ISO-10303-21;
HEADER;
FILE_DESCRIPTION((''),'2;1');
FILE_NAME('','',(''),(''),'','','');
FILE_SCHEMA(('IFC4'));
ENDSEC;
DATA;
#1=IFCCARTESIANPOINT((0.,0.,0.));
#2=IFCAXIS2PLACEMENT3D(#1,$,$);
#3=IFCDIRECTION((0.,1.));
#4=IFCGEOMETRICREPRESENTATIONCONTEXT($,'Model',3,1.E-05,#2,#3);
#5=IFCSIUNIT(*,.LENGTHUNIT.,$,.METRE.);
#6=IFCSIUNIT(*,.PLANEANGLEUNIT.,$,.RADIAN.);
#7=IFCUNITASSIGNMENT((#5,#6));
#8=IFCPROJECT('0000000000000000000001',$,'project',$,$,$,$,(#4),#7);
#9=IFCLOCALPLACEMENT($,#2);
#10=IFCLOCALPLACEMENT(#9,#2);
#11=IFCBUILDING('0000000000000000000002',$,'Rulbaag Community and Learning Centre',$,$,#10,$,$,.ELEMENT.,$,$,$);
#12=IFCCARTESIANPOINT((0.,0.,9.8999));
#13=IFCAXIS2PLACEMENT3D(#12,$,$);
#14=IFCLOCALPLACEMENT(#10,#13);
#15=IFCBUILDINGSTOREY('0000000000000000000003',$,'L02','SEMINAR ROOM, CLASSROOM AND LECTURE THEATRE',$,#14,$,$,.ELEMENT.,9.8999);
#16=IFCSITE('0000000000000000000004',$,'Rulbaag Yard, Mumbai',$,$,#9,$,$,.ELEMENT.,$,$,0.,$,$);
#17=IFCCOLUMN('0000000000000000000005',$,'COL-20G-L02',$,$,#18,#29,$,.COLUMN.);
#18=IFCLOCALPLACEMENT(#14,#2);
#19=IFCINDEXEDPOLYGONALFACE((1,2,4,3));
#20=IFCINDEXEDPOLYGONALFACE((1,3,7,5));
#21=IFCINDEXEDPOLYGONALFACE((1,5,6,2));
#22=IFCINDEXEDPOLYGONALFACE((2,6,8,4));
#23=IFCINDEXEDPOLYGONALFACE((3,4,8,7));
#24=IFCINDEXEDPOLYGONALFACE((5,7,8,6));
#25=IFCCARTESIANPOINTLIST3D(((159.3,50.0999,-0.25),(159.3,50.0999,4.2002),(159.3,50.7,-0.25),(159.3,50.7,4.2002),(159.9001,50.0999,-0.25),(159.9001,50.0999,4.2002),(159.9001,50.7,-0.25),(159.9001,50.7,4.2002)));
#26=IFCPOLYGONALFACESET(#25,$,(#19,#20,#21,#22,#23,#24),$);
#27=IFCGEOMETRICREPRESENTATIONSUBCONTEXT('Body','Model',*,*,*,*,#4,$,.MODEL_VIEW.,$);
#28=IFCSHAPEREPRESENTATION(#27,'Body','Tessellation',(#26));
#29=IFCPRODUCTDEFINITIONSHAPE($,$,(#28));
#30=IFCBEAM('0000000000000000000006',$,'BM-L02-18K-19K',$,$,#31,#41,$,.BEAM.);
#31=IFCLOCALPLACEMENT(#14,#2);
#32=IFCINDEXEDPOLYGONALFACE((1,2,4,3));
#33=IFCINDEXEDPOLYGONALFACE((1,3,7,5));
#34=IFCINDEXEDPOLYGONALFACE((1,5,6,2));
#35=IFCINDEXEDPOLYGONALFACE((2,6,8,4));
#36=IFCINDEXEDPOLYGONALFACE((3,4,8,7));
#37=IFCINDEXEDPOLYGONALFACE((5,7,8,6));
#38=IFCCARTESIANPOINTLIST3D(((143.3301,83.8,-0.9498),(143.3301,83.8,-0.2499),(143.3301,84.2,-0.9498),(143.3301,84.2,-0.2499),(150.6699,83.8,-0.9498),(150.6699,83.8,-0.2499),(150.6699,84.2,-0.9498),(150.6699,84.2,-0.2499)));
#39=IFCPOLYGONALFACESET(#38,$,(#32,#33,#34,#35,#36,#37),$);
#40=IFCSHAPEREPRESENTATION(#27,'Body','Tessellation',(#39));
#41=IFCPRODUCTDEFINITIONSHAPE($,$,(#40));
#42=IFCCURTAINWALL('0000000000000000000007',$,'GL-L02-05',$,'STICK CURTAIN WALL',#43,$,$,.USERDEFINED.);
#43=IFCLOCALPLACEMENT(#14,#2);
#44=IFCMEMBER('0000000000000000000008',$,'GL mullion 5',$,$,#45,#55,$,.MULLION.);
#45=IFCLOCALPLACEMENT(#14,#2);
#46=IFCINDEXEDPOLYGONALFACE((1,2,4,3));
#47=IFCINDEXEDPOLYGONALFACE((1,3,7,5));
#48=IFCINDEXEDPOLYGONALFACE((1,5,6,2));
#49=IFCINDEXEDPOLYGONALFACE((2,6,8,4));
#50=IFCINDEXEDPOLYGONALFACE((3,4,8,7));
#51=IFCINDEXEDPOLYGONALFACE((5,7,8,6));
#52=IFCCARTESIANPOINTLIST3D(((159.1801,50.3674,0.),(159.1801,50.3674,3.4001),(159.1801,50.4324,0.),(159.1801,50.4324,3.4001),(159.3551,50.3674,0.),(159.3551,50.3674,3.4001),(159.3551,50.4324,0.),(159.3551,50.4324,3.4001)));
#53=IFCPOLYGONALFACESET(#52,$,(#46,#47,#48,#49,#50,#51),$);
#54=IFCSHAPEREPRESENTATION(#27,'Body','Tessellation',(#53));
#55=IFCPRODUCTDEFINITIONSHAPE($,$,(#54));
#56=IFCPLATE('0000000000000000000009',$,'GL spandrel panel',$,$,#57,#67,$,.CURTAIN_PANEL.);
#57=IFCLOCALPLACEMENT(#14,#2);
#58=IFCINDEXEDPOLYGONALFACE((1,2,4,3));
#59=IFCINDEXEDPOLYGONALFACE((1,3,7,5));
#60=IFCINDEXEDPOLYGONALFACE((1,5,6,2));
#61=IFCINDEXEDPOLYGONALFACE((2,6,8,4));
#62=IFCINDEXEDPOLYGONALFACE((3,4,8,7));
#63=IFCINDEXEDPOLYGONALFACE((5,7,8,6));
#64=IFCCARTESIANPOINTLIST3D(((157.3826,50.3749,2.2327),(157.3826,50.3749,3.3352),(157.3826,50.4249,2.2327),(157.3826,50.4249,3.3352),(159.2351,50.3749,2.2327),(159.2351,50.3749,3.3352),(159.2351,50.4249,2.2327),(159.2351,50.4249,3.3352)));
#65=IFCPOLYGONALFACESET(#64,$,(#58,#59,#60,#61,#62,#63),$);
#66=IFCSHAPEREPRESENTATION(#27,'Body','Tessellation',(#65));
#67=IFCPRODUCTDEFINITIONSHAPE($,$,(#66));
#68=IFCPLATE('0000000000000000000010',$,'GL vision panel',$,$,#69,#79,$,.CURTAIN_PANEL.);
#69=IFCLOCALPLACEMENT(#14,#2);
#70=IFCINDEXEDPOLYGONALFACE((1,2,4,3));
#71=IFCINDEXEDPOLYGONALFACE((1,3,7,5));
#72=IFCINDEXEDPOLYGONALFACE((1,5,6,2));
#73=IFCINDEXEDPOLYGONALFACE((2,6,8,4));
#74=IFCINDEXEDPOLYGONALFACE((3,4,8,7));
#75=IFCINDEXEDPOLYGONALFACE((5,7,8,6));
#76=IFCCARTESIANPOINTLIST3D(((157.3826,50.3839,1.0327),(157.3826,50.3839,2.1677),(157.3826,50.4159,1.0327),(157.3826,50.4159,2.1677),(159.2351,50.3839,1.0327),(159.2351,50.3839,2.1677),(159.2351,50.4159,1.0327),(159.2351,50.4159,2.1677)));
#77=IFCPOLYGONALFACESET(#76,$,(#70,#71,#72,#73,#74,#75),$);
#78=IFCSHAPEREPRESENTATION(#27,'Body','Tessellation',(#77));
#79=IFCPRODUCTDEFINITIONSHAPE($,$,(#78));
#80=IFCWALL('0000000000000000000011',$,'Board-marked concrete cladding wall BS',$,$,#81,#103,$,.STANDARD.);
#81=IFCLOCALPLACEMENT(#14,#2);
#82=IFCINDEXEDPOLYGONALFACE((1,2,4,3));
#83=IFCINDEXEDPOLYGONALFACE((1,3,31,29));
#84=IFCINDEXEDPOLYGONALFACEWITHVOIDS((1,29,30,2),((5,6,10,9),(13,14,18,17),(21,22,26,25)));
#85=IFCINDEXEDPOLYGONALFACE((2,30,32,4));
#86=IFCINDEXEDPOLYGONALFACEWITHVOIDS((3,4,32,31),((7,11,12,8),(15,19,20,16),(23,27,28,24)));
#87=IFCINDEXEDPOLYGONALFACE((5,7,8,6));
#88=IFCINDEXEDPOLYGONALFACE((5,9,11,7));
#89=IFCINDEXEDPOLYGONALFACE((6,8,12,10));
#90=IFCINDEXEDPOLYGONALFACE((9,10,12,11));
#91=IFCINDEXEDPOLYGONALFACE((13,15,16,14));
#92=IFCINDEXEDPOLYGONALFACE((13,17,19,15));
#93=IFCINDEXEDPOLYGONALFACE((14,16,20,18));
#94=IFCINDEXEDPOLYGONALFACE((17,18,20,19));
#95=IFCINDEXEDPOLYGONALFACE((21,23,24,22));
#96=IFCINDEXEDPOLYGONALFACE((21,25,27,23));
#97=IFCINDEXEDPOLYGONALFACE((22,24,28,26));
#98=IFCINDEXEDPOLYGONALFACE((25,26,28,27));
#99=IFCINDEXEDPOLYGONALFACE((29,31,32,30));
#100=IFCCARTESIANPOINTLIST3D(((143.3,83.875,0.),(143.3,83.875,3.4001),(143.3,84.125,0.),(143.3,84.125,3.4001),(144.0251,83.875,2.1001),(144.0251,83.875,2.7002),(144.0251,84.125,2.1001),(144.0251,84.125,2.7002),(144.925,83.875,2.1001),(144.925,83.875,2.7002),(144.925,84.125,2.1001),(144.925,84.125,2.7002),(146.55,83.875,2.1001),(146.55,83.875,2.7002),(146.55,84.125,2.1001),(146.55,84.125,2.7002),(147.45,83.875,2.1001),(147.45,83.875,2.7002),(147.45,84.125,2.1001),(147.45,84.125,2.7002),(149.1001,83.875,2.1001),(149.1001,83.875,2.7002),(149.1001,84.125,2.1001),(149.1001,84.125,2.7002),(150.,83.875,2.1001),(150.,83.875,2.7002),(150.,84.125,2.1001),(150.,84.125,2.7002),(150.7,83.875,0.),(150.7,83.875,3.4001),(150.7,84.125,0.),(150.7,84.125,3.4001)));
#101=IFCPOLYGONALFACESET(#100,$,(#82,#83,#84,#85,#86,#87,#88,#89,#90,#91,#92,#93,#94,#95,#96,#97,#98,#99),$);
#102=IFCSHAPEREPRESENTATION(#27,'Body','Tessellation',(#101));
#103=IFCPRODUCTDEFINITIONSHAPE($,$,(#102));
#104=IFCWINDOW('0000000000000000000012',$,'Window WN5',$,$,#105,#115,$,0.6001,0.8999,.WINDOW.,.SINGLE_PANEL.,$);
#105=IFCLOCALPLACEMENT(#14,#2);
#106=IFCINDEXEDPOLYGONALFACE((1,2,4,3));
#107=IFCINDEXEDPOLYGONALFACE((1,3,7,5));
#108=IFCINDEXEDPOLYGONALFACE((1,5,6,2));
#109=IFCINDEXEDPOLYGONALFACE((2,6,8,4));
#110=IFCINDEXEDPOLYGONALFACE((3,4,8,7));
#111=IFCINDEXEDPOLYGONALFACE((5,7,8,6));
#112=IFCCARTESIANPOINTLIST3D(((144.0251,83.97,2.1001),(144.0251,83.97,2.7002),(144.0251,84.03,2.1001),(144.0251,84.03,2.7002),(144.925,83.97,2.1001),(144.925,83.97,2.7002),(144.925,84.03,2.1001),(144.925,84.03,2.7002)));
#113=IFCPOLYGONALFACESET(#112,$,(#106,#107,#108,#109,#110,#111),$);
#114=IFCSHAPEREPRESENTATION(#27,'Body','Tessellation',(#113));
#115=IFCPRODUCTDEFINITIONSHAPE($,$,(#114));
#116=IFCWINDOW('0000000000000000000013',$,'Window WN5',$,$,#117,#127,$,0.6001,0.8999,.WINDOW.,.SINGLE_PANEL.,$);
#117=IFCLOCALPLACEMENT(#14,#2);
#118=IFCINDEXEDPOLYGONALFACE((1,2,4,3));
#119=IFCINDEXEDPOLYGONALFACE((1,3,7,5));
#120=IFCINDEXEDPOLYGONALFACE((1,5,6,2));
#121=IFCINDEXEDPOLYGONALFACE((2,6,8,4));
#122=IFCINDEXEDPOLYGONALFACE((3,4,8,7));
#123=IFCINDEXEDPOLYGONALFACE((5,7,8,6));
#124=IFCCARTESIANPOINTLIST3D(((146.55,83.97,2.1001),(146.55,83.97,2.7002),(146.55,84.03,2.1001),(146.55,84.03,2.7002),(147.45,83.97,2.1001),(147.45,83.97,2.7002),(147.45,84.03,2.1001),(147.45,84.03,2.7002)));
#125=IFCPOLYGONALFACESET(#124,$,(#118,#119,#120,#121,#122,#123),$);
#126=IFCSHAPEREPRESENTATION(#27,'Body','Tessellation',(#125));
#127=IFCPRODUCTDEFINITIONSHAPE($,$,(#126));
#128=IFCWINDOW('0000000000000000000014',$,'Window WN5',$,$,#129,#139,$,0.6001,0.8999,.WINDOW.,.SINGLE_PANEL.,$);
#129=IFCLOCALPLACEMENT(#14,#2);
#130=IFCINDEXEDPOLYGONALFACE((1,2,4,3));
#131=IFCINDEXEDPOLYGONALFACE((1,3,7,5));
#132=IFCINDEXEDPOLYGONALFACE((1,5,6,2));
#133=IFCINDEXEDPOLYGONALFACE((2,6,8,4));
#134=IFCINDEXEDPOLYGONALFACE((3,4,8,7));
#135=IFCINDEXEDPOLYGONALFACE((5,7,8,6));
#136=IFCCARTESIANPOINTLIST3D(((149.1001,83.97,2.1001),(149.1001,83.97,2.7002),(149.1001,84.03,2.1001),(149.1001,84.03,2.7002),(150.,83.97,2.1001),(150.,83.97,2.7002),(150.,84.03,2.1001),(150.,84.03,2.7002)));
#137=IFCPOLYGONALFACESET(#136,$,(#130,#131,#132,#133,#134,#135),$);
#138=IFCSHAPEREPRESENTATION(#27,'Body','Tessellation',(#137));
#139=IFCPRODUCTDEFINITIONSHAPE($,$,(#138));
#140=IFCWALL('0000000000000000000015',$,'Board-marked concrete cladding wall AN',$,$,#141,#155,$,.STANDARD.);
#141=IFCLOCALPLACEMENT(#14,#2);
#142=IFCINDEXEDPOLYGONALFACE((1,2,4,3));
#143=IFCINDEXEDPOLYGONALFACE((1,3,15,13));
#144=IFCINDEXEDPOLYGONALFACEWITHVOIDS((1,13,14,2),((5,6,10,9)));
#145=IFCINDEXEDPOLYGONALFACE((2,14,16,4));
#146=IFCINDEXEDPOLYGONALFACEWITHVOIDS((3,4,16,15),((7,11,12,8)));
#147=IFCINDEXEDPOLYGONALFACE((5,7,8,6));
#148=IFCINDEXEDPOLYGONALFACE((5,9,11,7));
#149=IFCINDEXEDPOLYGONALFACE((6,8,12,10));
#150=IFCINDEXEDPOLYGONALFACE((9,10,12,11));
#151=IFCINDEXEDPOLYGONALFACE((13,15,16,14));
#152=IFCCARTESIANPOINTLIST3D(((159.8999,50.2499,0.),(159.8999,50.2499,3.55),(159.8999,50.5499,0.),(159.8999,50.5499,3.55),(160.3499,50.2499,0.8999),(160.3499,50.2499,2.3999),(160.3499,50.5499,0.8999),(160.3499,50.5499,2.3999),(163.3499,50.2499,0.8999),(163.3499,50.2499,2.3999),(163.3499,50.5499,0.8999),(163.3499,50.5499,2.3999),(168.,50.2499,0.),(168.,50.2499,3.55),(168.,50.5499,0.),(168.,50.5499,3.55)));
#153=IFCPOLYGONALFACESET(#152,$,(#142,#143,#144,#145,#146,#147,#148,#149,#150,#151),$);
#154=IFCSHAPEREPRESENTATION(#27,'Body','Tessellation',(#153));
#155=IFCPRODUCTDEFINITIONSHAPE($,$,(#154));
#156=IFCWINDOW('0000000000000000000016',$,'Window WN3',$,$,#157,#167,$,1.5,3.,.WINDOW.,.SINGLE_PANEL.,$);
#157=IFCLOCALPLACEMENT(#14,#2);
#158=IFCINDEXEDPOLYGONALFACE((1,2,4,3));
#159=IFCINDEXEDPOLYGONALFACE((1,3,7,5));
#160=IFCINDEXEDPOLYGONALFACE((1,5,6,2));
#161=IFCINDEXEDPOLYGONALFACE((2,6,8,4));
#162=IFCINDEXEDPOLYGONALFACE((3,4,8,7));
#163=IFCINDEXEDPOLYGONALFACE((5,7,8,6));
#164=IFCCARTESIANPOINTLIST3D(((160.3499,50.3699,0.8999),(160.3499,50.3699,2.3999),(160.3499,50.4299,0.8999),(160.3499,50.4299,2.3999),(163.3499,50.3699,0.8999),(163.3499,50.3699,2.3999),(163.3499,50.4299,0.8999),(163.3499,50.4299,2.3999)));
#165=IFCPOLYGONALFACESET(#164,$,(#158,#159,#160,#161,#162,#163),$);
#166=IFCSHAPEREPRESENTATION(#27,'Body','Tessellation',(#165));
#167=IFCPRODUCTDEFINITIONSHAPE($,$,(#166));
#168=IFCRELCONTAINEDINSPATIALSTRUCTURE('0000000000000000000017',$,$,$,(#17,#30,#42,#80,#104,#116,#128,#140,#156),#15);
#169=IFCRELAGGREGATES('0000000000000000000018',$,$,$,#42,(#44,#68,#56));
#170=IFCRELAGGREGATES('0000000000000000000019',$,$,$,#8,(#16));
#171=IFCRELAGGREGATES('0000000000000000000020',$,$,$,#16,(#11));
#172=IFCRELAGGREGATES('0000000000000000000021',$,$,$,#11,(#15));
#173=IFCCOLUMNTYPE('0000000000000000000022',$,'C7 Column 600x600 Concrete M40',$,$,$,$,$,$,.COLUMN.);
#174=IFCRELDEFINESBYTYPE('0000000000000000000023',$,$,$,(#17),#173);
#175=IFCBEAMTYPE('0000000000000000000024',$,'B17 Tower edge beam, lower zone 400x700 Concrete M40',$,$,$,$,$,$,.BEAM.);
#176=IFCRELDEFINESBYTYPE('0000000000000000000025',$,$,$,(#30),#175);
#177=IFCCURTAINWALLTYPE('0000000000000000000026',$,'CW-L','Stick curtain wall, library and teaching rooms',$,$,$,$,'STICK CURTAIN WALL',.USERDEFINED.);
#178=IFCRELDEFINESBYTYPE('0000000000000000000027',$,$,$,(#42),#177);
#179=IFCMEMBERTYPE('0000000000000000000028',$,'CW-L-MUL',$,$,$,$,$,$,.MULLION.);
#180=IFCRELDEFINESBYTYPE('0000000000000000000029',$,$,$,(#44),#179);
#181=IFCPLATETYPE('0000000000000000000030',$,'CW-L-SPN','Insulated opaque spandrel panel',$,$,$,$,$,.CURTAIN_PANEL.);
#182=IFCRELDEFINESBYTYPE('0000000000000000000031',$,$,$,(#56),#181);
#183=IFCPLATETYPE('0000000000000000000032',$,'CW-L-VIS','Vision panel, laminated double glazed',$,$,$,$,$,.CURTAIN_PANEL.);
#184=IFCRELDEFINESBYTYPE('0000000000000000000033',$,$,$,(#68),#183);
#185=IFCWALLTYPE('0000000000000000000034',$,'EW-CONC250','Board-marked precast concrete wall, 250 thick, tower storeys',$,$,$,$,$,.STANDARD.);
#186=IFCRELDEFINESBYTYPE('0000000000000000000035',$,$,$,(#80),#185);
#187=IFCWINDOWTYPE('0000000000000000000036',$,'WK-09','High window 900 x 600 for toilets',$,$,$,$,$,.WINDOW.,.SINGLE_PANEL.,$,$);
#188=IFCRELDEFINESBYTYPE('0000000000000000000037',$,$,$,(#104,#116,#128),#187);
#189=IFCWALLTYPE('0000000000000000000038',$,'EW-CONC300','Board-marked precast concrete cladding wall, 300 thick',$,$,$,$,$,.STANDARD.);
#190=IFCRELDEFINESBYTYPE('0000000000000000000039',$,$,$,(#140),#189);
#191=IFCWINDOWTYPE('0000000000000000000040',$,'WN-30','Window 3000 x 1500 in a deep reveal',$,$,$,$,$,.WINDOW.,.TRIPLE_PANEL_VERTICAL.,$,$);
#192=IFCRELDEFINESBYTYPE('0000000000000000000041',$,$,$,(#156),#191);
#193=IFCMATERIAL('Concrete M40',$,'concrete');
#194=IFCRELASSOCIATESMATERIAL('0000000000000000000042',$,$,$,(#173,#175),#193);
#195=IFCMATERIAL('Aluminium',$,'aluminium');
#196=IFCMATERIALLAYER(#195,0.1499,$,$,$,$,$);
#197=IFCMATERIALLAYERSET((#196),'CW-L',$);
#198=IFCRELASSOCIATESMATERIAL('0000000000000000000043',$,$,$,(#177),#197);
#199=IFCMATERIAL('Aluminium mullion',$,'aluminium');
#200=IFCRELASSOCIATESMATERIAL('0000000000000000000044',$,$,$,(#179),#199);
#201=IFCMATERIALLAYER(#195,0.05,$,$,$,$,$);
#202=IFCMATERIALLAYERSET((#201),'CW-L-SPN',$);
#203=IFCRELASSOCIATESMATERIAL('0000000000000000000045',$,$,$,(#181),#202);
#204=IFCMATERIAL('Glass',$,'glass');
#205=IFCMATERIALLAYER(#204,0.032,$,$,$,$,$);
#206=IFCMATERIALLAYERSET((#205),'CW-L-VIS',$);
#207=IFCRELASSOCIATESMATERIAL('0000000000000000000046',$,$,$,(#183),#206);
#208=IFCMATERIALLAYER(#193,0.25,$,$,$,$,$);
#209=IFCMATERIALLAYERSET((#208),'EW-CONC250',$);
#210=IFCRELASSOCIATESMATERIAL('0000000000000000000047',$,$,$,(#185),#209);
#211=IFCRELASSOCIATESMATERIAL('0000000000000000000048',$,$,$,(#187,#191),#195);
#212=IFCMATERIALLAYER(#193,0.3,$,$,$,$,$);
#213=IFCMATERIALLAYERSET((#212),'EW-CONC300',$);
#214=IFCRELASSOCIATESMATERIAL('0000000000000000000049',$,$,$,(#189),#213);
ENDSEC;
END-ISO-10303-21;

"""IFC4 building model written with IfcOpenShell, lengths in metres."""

from ifc_helpers import new_model, si_unit, direction, frame, frame_2d, origin, origin_2d, place, context, subcontext, project, spatial, rectangle, extrude, material, layer, layer_set, material_profile, profile_set, type_object, element, fill, aggregate, save


model = new_model("IFC4")

# Units and contexts
model_context = context("Model", 3, precision=1e-05, world=origin(), true_north=direction((0.0, 1.0)))
body_context = subcontext(model_context, "Body", "Model", "MODEL_VIEW")
ifc_project = project(units=[si_unit("LENGTHUNIT", "METRE"), si_unit("PLANEANGLEUNIT", "RADIAN")], contexts=[model_context])

# Site, building, storey
site_placement = place(None, origin())
site = spatial("IfcSite", under=ifc_project, at=site_placement, Name="Rulbaag Yard, Mumbai", CompositionType="ELEMENT", RefElevation=0.0)
building_placement = place(site_placement, origin())
building = spatial("IfcBuilding", under=site, at=building_placement, Name="Rulbaag Community and Learning Centre", CompositionType="ELEMENT")
storey_placement = place(building_placement, frame((0.0, 0.0, 9.8999)))
storey = spatial("IfcBuildingStorey", under=building, at=storey_placement, Name="L02", Description="SEMINAR ROOM, CLASSROOM AND LECTURE THEATRE", CompositionType="ELEMENT", Elevation=9.8999)

# Column
ifc_material_1 = material(Name="Concrete M40", Category="concrete")
ifc_material_profile_1 = material_profile(ifc_material_1, rectangle(XDim=0.6001, YDim=0.6001, at=origin_2d()), Name="RC600x600")
ifc_profile_set_1 = profile_set([ifc_material_profile_1], Name="Concrete M40")
column_type = type_object("IfcColumnType", Name="C7 Column 600x600 Concrete M40", PredefinedType="COLUMN", material=ifc_profile_set_1)
column_placement = place(storey_placement, frame((159.6001, 50.3999, -0.25), z_axis=(0.0, 0.0, 1.0), x_axis=(1.0, 0.0, 0.0)))
element("IfcColumn", 1, at=column_placement, inside=storey, type_object=column_type, Name="COL-20G-L02", PredefinedType="COLUMN", context=body_context, shape_type="SweptSolid", body=[
    extrude(rectangle(XDim=0.6001, YDim=0.6001, at=origin_2d()), origin(), (0.0, 0.0, 1.0), 4.4502),
])

# Beam
ifc_material_profile_2 = material_profile(ifc_material_1, rectangle(XDim=0.3999, YDim=0.7, at=origin_2d()), Name="RB400x700")
ifc_profile_set_2 = profile_set([ifc_material_profile_2], Name="Concrete M40")
beam_type = type_object("IfcBeamType", Name="B17 Tower edge beam, lower zone 400x700 Concrete M40", PredefinedType="BEAM", material=ifc_profile_set_2)
beam_placement = place(storey_placement, frame((143.3301, 84.0, -0.5999), z_axis=(1.0, 0.0, 0.0), x_axis=(0.0, 1.0, 0.0)))
element("IfcBeam", 2, at=beam_placement, inside=storey, type_object=beam_type, Name="BM-L02-18K-19K", PredefinedType="BEAM", context=body_context, shape_type="SweptSolid", body=[
    extrude(rectangle(XDim=0.3999, YDim=0.7, at=origin_2d()), origin(), (0.0, 0.0, 1.0), 7.3398),
])

# Curtain wall, member, plates
ifc_material_2 = material(Name="Aluminium", Category="aluminium")
ifc_layer_1 = layer(ifc_material_2, 0.1499)
ifc_layer_set_1 = layer_set([ifc_layer_1], Name="CW-L")
curtain_wall_type = type_object("IfcCurtainWallType", Name="CW-L", Description="Stick curtain wall, library and teaching rooms", ElementType="STICK CURTAIN WALL", PredefinedType="USERDEFINED", material=ifc_layer_set_1)
curtain_wall_placement = place(storey_placement, origin())
curtain_wall = element("IfcCurtainWall", 3, at=curtain_wall_placement, inside=storey, type_object=curtain_wall_type, Name="GL-L02-05", ObjectType="STICK CURTAIN WALL", PredefinedType="USERDEFINED")
ifc_material_3 = material(Name="Aluminium mullion", Category="aluminium")
ifc_material_profile_3 = material_profile(ifc_material_3, rectangle(XDim=0.0649, YDim=0.175, at=origin_2d()), Name="AL 65x175")
ifc_profile_set_3 = profile_set([ifc_material_profile_3], Name="Aluminium mullion")
member_type = type_object("IfcMemberType", Name="CW-L-MUL", PredefinedType="MULLION", material=ifc_profile_set_3)
member_placement = place(storey_placement, frame((159.2676, 50.3999, 0.0), z_axis=(0.0, 0.0, 1.0), x_axis=(0.0, 1.0, 0.0)))
member = element("IfcMember", 4, at=member_placement, type_object=member_type, Name="GL mullion 5", PredefinedType="MULLION", context=body_context, shape_type="SweptSolid", body=[
    extrude(rectangle(XDim=0.0649, YDim=0.175, at=origin_2d()), origin(), (0.0, 0.0, 1.0), 3.4001),
])
ifc_layer_2 = layer(ifc_material_2, 0.05)
ifc_layer_set_2 = layer_set([ifc_layer_2], Name="CW-L-SPN")
plate_type_1 = type_object("IfcPlateType", Name="CW-L-SPN", Description="Insulated opaque spandrel panel", PredefinedType="CURTAIN_PANEL", material=ifc_layer_set_2)
plate_1_placement = place(storey_placement, frame((158.3088, 50.3999, 2.2327), z_axis=(0.0, 0.0, 1.0), x_axis=(1.0, 0.0, 0.0)))
plate_1 = element("IfcPlate", 5, at=plate_1_placement, type_object=plate_type_1, Name="GL spandrel panel", PredefinedType="CURTAIN_PANEL", context=body_context, shape_type="SweptSolid", body=[
    extrude(rectangle(XDim=1.8525, YDim=0.05, at=origin_2d()), origin(), (0.0, 0.0, 1.0), 1.1025),
])
ifc_material_4 = material(Name="Glass", Category="glass")
ifc_layer_3 = layer(ifc_material_4, 0.032)
ifc_layer_set_3 = layer_set([ifc_layer_3], Name="CW-L-VIS")
plate_type_2 = type_object("IfcPlateType", Name="CW-L-VIS", Description="Vision panel, laminated double glazed", PredefinedType="CURTAIN_PANEL", material=ifc_layer_set_3)
plate_2_placement = place(storey_placement, frame((158.3088, 50.3999, 1.0327), z_axis=(0.0, 0.0, 1.0), x_axis=(1.0, 0.0, 0.0)))
plate_2 = element("IfcPlate", 6, at=plate_2_placement, type_object=plate_type_2, Name="GL vision panel", PredefinedType="CURTAIN_PANEL", context=body_context, shape_type="SweptSolid", body=[
    extrude(rectangle(XDim=1.8525, YDim=0.032, at=origin_2d()), origin(), (0.0, 0.0, 1.0), 1.135),
])
aggregate(curtain_wall, [member, plate_2, plate_1])

# Wall, openings, windows
ifc_layer_4 = layer(ifc_material_1, 0.25)
ifc_layer_set_4 = layer_set([ifc_layer_4], Name="EW-CONC250")
wall_type_1 = type_object("IfcWallType", Name="EW-CONC250", Description="Board-marked precast concrete wall, 250 thick, tower storeys", PredefinedType="STANDARD", material=ifc_layer_set_4)
wall_1_placement = place(storey_placement, frame((143.3, 84.0, 0.0), z_axis=(0.0, 0.0, 1.0), x_axis=(1.0, 0.0, 0.0)))
wall_1 = element("IfcWall", 7, at=wall_1_placement, inside=storey, type_object=wall_type_1, Name="Board-marked concrete cladding wall BS", PredefinedType="STANDARD", context=body_context, shape_type="SweptSolid", body=[
    extrude(rectangle(XDim=7.3999, YDim=0.25, at=frame_2d((3.7, 0.0))), origin(), (0.0, 0.0, 1.0), 3.4001),
])
opening_1_placement = place(wall_1_placement, frame((0.7251, 0.0, 2.1001)))
opening_1 = element("IfcOpeningElement", 8, at=opening_1_placement, cuts=wall_1, PredefinedType="OPENING", context=body_context, shape_type="SweptSolid", body=[
    extrude(rectangle(XDim=0.8999, YDim=0.6001, at=frame_2d((0.45, 0.3))), frame((0.0, 0.135, 0.0), z_axis=(0.0, -1.0, 0.0), x_axis=(1.0, 0.0, 0.0)), (0.0, 0.0, 1.0), 0.27),
])
opening_2_placement = place(wall_1_placement, frame((3.25, 0.0, 2.1001)))
opening_2 = element("IfcOpeningElement", 9, at=opening_2_placement, cuts=wall_1, PredefinedType="OPENING", context=body_context, shape_type="SweptSolid", body=[
    extrude(rectangle(XDim=0.8999, YDim=0.6001, at=frame_2d((0.45, 0.3))), frame((0.0, 0.135, 0.0), z_axis=(0.0, -1.0, 0.0), x_axis=(1.0, 0.0, 0.0)), (0.0, 0.0, 1.0), 0.27),
])
opening_3_placement = place(wall_1_placement, frame((5.8, 0.0, 2.1001)))
opening_3 = element("IfcOpeningElement", 10, at=opening_3_placement, cuts=wall_1, PredefinedType="OPENING", context=body_context, shape_type="SweptSolid", body=[
    extrude(rectangle(XDim=0.8999, YDim=0.6001, at=frame_2d((0.45, 0.3))), frame((0.0, 0.135, 0.0), z_axis=(0.0, -1.0, 0.0), x_axis=(1.0, 0.0, 0.0)), (0.0, 0.0, 1.0), 0.27),
])
window_type_1 = type_object("IfcWindowType", Name="WK-09", Description="High window 900 x 600 for toilets", PartitioningType="SINGLE_PANEL", PredefinedType="WINDOW", material=ifc_material_2)
window_1_placement = place(opening_1_placement, origin())
window_1 = element("IfcWindow", 11, at=window_1_placement, inside=storey, type_object=window_type_1, Name="Window WN5", OverallHeight=0.6001, OverallWidth=0.8999, PartitioningType="SINGLE_PANEL", PredefinedType="WINDOW", context=body_context, shape_type="SweptSolid", body=[
    extrude(rectangle(XDim=0.8999, YDim=0.6001, at=frame_2d((0.45, 0.3))), frame((0.0, 0.03, 0.0), z_axis=(0.0, -1.0, 0.0), x_axis=(1.0, 0.0, 0.0)), (0.0, 0.0, 1.0), 0.0601),
])
fill(opening_1, window_1)
window_2_placement = place(opening_2_placement, origin())
window_2 = element("IfcWindow", 12, at=window_2_placement, inside=storey, type_object=window_type_1, Name="Window WN5", OverallHeight=0.6001, OverallWidth=0.8999, PartitioningType="SINGLE_PANEL", PredefinedType="WINDOW", context=body_context, shape_type="SweptSolid", body=[
    extrude(rectangle(XDim=0.8999, YDim=0.6001, at=frame_2d((0.45, 0.3))), frame((0.0, 0.03, 0.0), z_axis=(0.0, -1.0, 0.0), x_axis=(1.0, 0.0, 0.0)), (0.0, 0.0, 1.0), 0.0601),
])
fill(opening_2, window_2)
window_3_placement = place(opening_3_placement, origin())
window_3 = element("IfcWindow", 13, at=window_3_placement, inside=storey, type_object=window_type_1, Name="Window WN5", OverallHeight=0.6001, OverallWidth=0.8999, PartitioningType="SINGLE_PANEL", PredefinedType="WINDOW", context=body_context, shape_type="SweptSolid", body=[
    extrude(rectangle(XDim=0.8999, YDim=0.6001, at=frame_2d((0.45, 0.3))), frame((0.0, 0.03, 0.0), z_axis=(0.0, -1.0, 0.0), x_axis=(1.0, 0.0, 0.0)), (0.0, 0.0, 1.0), 0.0601),
])
fill(opening_3, window_3)

# Wall, opening, window
ifc_layer_5 = layer(ifc_material_1, 0.3)
ifc_layer_set_5 = layer_set([ifc_layer_5], Name="EW-CONC300")
wall_type_2 = type_object("IfcWallType", Name="EW-CONC300", Description="Board-marked precast concrete cladding wall, 300 thick", PredefinedType="STANDARD", material=ifc_layer_set_5)
wall_2_placement = place(storey_placement, frame((159.8999, 50.3999, 0.0), z_axis=(0.0, 0.0, 1.0), x_axis=(1.0, 0.0, 0.0)))
wall_2 = element("IfcWall", 14, at=wall_2_placement, inside=storey, type_object=wall_type_2, Name="Board-marked concrete cladding wall AN", PredefinedType="STANDARD", context=body_context, shape_type="SweptSolid", body=[
    extrude(rectangle(XDim=8.1001, YDim=0.3, at=frame_2d((4.05, 0.0))), origin(), (0.0, 0.0, 1.0), 3.55),
])
opening_4_placement = place(wall_2_placement, frame((0.45, 0.0, 0.8999)))
opening_4 = element("IfcOpeningElement", 15, at=opening_4_placement, cuts=wall_2, PredefinedType="OPENING", context=body_context, shape_type="SweptSolid", body=[
    extrude(rectangle(XDim=3.0, YDim=1.5, at=frame_2d((1.5, 0.75))), frame((0.0, 0.1599, 0.0), z_axis=(0.0, -1.0, 0.0), x_axis=(1.0, 0.0, 0.0)), (0.0, 0.0, 1.0), 0.3201),
])
window_type_2 = type_object("IfcWindowType", Name="WN-30", Description="Window 3000 x 1500 in a deep reveal", PartitioningType="TRIPLE_PANEL_VERTICAL", PredefinedType="WINDOW", material=ifc_material_2)
window_4_placement = place(opening_4_placement, origin())
window_4 = element("IfcWindow", 16, at=window_4_placement, inside=storey, type_object=window_type_2, Name="Window WN3", OverallHeight=1.5, OverallWidth=3.0, PartitioningType="SINGLE_PANEL", PredefinedType="WINDOW", context=body_context, shape_type="SweptSolid", body=[
    extrude(rectangle(XDim=3.0, YDim=1.5, at=frame_2d((1.5, 0.75))), frame((0.0, 0.03, 0.0), z_axis=(0.0, -1.0, 0.0), x_axis=(1.0, 0.0, 0.0)), (0.0, 0.0, 1.0), 0.0601),
])
fill(opening_4, window_4)

save(model, "model.ifc")
